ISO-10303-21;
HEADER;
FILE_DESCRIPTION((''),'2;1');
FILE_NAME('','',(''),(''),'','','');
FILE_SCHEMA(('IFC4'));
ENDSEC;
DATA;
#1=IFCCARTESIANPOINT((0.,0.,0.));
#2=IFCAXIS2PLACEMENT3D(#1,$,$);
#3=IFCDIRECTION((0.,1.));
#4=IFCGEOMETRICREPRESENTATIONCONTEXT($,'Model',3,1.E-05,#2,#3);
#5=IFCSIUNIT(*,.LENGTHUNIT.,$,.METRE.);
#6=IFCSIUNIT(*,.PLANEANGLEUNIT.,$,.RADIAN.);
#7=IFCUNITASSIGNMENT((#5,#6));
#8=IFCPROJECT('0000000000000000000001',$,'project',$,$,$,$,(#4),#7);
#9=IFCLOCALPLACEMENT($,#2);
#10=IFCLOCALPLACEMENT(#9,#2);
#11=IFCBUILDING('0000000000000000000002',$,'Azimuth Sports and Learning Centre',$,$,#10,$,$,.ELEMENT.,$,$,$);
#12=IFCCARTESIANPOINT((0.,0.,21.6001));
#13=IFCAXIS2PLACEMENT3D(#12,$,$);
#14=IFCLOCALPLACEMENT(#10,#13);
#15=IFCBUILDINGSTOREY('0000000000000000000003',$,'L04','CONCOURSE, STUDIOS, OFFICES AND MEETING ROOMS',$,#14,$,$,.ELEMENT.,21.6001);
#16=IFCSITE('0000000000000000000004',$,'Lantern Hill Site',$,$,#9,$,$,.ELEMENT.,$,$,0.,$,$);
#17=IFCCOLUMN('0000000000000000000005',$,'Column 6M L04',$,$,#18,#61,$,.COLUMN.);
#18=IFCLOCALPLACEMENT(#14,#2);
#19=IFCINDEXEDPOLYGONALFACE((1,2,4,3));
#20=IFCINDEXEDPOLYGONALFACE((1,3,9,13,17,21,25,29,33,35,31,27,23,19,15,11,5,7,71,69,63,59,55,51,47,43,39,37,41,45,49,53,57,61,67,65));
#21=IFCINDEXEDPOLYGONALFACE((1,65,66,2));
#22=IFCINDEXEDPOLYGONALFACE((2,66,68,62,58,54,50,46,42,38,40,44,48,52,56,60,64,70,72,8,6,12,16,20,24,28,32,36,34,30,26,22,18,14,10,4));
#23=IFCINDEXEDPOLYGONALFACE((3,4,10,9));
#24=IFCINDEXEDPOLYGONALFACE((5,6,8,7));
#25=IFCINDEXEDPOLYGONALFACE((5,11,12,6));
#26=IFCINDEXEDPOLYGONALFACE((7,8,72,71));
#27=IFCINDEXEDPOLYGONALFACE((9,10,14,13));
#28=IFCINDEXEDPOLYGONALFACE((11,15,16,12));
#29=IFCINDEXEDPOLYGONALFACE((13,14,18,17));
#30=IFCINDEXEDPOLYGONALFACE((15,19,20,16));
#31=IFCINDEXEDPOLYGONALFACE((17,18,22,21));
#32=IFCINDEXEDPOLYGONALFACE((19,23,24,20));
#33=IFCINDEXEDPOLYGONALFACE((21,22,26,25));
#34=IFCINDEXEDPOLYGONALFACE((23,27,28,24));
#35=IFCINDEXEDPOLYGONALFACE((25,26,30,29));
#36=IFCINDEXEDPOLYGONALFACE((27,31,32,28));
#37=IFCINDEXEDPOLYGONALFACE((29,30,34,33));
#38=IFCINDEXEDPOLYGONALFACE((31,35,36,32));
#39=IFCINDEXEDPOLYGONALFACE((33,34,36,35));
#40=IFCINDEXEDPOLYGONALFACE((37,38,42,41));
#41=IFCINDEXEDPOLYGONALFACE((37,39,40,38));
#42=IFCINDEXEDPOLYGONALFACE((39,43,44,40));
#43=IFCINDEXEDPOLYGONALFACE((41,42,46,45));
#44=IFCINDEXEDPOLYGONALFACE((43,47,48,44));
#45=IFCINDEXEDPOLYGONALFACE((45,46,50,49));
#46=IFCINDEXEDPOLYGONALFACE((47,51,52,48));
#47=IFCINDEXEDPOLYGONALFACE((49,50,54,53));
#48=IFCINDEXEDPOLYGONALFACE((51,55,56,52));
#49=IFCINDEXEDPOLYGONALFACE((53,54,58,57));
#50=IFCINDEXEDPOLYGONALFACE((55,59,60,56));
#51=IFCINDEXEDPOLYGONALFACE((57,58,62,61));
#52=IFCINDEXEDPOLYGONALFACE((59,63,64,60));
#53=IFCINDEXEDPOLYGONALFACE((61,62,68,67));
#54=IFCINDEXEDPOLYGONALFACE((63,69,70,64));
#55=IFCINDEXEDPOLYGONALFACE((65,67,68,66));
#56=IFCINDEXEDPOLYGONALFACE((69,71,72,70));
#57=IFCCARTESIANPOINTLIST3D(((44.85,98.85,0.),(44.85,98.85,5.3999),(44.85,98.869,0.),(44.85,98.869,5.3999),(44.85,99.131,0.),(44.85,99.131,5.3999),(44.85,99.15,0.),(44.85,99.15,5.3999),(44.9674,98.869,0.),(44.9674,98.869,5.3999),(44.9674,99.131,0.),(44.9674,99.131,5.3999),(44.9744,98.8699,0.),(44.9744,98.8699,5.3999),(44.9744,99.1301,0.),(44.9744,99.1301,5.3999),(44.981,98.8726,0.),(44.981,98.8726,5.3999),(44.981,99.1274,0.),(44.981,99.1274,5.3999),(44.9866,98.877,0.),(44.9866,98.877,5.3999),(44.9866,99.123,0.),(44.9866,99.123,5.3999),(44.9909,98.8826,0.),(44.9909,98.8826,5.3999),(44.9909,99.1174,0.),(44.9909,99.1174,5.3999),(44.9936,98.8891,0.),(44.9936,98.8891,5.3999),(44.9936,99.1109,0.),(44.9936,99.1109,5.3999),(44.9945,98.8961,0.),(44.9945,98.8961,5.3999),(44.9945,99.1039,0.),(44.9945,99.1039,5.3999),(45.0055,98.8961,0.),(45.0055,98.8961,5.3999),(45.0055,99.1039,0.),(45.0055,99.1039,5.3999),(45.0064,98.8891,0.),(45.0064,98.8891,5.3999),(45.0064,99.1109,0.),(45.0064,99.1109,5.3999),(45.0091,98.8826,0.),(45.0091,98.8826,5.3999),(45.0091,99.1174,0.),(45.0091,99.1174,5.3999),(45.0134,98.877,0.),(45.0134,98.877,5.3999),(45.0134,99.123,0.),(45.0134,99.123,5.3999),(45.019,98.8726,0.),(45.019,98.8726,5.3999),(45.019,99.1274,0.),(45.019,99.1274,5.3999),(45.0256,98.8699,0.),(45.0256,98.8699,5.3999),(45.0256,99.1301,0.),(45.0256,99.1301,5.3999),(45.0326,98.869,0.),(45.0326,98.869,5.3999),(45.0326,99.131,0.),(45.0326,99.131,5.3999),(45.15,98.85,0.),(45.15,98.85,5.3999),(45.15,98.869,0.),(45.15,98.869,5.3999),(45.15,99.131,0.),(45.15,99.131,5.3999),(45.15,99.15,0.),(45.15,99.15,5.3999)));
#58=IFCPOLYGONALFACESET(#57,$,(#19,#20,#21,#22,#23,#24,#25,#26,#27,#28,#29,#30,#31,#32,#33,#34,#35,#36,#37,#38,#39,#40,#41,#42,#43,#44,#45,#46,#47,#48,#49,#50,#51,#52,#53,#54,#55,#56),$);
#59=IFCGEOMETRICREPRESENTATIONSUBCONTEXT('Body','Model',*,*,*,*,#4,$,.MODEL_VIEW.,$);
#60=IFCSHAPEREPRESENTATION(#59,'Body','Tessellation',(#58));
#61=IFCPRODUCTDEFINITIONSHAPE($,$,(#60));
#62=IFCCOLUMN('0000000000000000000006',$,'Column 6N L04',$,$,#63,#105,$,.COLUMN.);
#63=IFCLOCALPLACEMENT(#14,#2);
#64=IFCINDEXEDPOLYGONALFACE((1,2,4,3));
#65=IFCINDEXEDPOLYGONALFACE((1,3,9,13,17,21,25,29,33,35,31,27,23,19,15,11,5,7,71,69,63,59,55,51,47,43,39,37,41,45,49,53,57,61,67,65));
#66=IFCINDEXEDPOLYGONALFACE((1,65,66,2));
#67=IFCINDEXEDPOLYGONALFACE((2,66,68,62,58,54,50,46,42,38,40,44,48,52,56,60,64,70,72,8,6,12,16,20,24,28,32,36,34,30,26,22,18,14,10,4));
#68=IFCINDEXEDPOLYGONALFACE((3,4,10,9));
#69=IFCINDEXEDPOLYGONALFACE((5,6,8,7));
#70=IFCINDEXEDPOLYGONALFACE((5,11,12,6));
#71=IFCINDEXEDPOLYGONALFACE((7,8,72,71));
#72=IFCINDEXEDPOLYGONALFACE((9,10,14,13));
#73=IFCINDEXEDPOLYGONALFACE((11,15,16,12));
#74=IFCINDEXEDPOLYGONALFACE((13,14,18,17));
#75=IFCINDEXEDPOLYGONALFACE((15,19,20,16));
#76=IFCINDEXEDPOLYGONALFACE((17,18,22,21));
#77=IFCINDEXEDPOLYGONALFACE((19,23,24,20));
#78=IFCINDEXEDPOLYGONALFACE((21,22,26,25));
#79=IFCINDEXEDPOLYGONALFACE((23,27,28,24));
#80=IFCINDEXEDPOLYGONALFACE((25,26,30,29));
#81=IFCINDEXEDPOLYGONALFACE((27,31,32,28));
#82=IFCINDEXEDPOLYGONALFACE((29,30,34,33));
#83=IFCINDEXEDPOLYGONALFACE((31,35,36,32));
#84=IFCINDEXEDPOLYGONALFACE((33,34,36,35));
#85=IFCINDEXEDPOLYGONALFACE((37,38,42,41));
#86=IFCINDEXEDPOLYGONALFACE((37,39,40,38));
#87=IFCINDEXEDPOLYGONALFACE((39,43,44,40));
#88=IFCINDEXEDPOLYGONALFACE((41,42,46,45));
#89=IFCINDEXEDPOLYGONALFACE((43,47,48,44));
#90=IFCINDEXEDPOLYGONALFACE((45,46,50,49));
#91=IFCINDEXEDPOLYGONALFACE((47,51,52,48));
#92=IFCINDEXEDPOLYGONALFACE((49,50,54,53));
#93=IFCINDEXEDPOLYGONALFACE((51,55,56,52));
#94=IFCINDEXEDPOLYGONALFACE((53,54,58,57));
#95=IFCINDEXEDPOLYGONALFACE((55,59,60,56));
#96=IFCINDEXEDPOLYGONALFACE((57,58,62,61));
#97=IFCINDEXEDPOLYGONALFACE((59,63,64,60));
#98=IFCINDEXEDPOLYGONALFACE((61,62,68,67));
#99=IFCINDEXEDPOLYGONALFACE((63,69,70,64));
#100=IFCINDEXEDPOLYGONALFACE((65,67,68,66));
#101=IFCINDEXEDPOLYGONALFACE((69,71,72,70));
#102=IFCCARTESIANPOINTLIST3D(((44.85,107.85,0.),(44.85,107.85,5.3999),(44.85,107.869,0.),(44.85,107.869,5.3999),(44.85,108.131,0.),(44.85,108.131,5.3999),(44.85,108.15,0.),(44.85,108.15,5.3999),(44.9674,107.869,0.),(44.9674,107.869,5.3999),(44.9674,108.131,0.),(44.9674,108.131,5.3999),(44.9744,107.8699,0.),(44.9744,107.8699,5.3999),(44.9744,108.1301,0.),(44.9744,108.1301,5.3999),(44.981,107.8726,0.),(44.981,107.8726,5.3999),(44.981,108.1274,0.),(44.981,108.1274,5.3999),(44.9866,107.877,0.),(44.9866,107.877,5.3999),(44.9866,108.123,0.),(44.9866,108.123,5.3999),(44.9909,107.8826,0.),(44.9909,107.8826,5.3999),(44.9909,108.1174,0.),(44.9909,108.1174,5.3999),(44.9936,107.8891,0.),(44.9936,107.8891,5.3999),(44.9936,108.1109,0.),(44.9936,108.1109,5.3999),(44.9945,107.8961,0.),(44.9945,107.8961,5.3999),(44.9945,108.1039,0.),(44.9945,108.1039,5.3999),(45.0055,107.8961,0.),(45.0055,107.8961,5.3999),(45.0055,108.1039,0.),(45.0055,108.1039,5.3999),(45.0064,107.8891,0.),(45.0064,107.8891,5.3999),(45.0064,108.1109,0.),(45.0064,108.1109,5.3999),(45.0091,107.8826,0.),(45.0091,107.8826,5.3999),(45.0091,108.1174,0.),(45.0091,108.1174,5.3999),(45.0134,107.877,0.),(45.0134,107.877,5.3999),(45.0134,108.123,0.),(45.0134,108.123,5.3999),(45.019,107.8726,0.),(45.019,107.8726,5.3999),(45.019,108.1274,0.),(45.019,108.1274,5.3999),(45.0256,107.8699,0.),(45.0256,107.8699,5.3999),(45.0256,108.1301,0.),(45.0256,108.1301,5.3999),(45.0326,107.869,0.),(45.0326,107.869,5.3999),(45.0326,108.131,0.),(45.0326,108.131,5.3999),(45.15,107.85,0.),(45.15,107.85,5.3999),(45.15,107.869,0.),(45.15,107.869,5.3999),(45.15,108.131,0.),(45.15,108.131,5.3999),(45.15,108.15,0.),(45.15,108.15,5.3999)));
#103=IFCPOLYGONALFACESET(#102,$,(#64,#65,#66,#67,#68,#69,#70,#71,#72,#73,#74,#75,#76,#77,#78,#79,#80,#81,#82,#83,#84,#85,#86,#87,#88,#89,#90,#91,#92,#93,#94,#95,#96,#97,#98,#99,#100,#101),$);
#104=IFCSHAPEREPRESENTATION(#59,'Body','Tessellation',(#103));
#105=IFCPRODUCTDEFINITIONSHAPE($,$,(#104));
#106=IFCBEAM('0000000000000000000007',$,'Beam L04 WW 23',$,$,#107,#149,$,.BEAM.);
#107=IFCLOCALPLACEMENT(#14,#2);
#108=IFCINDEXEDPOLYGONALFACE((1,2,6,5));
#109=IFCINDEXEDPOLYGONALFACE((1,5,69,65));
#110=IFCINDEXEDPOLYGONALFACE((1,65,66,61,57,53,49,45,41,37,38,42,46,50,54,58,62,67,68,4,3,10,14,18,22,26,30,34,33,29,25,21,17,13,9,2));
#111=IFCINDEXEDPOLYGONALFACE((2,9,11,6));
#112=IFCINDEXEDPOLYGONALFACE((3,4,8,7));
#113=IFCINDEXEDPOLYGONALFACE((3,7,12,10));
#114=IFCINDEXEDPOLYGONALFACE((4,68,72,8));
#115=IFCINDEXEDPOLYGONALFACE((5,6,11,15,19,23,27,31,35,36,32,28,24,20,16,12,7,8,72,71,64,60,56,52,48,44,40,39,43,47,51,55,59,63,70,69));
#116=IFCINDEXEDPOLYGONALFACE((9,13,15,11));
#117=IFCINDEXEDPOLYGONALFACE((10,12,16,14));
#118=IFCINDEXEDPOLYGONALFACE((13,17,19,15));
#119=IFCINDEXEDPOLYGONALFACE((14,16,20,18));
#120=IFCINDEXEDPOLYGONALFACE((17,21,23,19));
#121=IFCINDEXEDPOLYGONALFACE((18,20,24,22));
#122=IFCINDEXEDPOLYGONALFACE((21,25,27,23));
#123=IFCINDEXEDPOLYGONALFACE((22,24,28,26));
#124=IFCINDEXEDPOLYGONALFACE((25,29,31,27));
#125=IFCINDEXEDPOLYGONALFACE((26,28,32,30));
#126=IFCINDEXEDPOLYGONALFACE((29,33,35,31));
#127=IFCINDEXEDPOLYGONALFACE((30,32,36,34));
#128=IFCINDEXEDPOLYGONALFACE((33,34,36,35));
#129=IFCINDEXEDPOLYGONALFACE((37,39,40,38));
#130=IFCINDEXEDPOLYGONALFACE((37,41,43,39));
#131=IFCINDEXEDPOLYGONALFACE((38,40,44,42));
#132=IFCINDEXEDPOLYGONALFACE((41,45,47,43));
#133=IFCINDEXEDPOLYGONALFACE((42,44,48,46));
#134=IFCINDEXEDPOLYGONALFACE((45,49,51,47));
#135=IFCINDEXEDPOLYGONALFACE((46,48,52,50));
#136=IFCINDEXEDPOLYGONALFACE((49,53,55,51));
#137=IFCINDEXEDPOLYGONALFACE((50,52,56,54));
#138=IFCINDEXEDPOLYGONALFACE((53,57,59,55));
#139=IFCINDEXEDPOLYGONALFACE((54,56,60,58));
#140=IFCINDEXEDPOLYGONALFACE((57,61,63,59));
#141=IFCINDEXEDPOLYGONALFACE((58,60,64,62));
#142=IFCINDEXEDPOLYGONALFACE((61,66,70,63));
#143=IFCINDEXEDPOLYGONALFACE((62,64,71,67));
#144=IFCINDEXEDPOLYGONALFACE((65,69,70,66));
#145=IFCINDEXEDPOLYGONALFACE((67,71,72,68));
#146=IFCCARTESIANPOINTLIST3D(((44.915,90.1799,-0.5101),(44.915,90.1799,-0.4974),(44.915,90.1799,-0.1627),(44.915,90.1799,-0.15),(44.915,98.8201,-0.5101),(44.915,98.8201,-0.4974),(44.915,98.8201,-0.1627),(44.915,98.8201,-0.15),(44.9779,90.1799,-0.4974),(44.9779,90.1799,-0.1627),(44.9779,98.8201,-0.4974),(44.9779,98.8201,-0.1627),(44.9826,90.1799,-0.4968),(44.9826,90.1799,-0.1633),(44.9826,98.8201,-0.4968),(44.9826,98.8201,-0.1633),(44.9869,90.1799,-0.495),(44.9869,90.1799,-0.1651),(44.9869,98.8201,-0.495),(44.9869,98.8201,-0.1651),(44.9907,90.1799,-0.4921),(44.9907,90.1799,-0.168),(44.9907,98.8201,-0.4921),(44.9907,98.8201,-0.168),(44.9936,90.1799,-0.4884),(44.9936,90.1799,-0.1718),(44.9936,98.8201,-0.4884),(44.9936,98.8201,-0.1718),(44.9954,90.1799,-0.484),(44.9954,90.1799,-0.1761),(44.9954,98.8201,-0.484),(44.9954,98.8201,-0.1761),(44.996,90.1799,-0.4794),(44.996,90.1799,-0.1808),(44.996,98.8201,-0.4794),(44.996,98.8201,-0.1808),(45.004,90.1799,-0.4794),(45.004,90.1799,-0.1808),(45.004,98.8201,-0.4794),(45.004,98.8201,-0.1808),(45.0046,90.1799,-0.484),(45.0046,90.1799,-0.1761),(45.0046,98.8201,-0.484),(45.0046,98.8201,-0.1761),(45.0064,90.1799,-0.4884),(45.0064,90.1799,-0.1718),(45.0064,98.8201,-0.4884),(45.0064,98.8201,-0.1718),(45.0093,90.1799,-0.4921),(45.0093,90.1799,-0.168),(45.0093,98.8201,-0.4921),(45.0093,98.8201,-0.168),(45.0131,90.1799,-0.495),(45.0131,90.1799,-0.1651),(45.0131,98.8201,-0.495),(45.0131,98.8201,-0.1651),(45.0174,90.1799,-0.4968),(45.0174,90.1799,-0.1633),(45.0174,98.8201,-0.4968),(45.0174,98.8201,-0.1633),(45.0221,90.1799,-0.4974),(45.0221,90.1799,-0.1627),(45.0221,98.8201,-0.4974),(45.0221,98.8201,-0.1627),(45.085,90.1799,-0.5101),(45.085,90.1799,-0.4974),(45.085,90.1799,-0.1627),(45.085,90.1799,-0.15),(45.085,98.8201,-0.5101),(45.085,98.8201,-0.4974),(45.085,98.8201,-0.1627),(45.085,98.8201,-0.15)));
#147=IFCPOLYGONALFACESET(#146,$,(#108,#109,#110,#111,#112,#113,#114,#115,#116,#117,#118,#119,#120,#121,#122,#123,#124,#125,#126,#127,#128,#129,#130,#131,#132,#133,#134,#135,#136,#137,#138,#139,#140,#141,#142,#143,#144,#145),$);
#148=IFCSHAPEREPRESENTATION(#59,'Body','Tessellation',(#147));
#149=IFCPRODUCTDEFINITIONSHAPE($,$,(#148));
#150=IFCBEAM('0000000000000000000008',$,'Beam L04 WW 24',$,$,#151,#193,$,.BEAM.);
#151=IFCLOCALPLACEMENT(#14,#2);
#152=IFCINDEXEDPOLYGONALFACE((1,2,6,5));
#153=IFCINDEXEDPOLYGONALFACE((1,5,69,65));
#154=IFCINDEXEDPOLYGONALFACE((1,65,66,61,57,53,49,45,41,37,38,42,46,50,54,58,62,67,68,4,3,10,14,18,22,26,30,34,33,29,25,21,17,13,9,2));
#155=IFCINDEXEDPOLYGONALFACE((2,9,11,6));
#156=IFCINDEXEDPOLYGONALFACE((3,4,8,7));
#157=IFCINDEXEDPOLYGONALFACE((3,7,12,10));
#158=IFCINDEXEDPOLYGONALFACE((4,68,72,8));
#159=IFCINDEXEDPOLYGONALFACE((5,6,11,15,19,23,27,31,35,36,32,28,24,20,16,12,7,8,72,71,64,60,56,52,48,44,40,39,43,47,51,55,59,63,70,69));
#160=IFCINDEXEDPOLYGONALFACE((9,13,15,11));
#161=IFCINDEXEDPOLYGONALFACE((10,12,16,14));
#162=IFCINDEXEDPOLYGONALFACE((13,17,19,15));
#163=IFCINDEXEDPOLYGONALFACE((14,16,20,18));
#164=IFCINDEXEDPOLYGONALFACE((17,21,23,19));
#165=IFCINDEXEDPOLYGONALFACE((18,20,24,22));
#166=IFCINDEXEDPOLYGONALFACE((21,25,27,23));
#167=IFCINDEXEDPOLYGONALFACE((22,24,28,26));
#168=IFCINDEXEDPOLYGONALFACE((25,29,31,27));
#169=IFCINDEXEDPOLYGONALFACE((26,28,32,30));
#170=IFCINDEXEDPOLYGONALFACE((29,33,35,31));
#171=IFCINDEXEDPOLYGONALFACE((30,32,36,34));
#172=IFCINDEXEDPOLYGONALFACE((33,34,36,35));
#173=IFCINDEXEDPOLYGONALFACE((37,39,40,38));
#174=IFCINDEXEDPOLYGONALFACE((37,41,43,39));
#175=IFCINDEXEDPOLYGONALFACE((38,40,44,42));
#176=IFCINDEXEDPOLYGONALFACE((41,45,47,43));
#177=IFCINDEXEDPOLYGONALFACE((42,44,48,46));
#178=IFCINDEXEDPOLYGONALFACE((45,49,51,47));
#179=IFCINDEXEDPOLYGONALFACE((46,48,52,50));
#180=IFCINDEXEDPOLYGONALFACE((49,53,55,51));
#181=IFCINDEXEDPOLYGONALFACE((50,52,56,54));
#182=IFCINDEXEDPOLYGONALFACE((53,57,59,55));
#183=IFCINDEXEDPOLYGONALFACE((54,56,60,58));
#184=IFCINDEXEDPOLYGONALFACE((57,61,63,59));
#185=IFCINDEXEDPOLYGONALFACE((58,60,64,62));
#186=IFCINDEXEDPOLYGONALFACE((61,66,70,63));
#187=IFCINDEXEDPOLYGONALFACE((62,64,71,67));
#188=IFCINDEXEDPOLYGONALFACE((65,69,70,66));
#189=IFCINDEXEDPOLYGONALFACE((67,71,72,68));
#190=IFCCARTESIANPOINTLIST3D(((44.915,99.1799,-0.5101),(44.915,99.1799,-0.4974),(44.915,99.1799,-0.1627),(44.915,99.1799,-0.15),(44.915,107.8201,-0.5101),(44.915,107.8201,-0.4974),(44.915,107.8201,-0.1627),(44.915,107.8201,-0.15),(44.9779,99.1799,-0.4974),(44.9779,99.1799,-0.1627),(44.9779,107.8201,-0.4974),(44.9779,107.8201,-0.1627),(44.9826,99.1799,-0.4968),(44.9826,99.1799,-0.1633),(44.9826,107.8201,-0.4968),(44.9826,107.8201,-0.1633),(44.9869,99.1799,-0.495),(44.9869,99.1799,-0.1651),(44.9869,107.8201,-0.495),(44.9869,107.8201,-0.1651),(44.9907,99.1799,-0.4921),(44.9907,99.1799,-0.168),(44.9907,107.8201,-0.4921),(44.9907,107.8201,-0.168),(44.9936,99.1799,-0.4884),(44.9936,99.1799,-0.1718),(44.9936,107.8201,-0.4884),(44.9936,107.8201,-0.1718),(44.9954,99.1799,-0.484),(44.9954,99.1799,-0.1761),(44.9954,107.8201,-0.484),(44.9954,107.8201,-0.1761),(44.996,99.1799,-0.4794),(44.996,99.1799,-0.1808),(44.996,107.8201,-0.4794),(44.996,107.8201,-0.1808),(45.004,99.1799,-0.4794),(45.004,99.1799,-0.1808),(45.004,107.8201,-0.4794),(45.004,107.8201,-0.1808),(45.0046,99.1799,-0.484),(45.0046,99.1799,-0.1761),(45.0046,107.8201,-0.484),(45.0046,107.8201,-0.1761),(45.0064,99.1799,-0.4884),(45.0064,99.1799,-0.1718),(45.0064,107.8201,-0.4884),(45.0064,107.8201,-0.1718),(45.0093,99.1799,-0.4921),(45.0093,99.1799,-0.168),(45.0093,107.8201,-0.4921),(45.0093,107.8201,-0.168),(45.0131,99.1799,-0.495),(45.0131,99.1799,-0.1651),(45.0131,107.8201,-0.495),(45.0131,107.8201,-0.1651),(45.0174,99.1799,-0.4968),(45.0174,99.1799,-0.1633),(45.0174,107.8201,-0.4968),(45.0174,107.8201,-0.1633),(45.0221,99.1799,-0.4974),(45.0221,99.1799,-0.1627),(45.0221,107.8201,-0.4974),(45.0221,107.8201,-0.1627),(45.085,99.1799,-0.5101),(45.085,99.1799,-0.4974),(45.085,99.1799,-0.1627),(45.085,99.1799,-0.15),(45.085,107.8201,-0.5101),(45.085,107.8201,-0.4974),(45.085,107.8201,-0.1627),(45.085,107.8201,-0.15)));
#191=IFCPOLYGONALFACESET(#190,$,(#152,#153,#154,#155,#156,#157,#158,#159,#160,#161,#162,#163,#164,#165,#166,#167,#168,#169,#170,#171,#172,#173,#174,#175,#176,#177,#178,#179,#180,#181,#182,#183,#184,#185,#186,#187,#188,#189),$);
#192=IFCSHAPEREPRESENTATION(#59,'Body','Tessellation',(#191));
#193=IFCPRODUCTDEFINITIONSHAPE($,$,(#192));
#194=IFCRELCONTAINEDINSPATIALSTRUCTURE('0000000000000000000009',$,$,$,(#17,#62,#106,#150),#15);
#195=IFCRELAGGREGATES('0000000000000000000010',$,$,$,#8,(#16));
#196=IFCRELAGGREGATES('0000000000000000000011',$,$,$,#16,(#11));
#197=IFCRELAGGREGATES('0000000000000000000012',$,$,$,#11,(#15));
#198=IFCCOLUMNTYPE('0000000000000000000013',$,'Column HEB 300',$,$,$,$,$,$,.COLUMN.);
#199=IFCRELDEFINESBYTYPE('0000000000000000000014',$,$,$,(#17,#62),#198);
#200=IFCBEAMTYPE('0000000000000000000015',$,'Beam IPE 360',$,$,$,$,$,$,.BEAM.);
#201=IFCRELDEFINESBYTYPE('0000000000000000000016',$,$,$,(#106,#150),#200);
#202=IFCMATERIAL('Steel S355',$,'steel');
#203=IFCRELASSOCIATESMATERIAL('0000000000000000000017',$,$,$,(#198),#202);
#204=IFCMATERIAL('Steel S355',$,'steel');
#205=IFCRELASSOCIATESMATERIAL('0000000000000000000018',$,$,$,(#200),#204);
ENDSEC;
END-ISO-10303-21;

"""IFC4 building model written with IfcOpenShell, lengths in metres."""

from ifc_helpers import new_model, si_unit, direction, frame, origin, origin_2d, place, context, subcontext, project, spatial, i_section, extrude, material, material_profile, profile_set, type_object, element, save


model = new_model("IFC4")

# Units and contexts
model_context = context("Model", 3, precision=1e-05, world=origin(), true_north=direction((0.0, 1.0)))
body_context = subcontext(model_context, "Body", "Model", "MODEL_VIEW")
ifc_project = project(units=[si_unit("LENGTHUNIT", "METRE"), si_unit("PLANEANGLEUNIT", "RADIAN")], contexts=[model_context])

# Site, building, storey
site_placement = place(None, origin())
site = spatial("IfcSite", under=ifc_project, at=site_placement, Name="Lantern Hill Site", CompositionType="ELEMENT", RefElevation=0.0)
building_placement = place(site_placement, origin())
building = spatial("IfcBuilding", under=site, at=building_placement, Name="Azimuth Sports and Learning Centre", CompositionType="ELEMENT")
storey_placement = place(building_placement, frame((0.0, 0.0, 21.6001)))
storey = spatial("IfcBuildingStorey", under=building, at=storey_placement, Name="L04", Description="CONCOURSE, STUDIOS, OFFICES AND MEETING ROOMS", CompositionType="ELEMENT", Elevation=21.6001)

# Columns
ifc_material_1 = material(Name="Steel S355", Category="steel")
ifc_material_profile_1 = material_profile(ifc_material_1, i_section(OverallWidth=0.3, OverallDepth=0.3, WebThickness=0.011, FlangeThickness=0.019, FilletRadius=0.0271, at=origin_2d()), Name="HEB 300")
ifc_profile_set_1 = profile_set([ifc_material_profile_1], Name="Steel S355")
column_type = type_object("IfcColumnType", Name="Column HEB 300", PredefinedType="COLUMN", material=ifc_profile_set_1)
for number, where, z_axis, x_axis, name in (
    (1, (45.0, 99.0, 0.0), (0.0, 0.0, 1.0), (1.0, 0.0, 0.0), "Column 6M L04"),
    (2, (45.0, 108.0, 0.0), (0.0, 0.0, 1.0), (1.0, 0.0, 0.0), "Column 6N L04"),
):
    element("IfcColumn", number, at=place(storey_placement, frame(where, z_axis=z_axis, x_axis=x_axis)), inside=storey, type_object=column_type, Name=name, PredefinedType="COLUMN", context=body_context, shape_type="SweptSolid", body=[
        extrude(i_section(OverallWidth=0.3, OverallDepth=0.3, WebThickness=0.011, FlangeThickness=0.019, FilletRadius=0.0271, at=origin_2d()), origin(), (0.0, 0.0, 1.0), 5.3999),
    ])

# Beams
ifc_material_2 = material(Name="Steel S355", Category="steel")
ifc_material_profile_2 = material_profile(ifc_material_2, i_section(OverallWidth=0.1699, OverallDepth=0.3601, WebThickness=0.0081, FlangeThickness=0.0127, FilletRadius=0.0181, at=origin_2d()), Name="IPE 360")
ifc_profile_set_2 = profile_set([ifc_material_profile_2], Name="Steel S355")
beam_type_1 = type_object("IfcBeamType", Name="Beam IPE 360", PredefinedType="BEAM", material=ifc_profile_set_2)
for number, where, z_axis, x_axis, name in (
    (3, (45.0, 90.1799, -0.3301), (0.0, 1.0, 0.0), (-1.0, 0.0, 0.0), "Beam L04 WW 23"),
    (4, (45.0, 99.1799, -0.3301), (0.0, 1.0, 0.0), (-1.0, 0.0, 0.0), "Beam L04 WW 24"),
):
    element("IfcBeam", number, at=place(storey_placement, frame(where, z_axis=z_axis, x_axis=x_axis)), inside=storey, type_object=beam_type_1, Name=name, PredefinedType="BEAM", context=body_context, shape_type="SweptSolid", body=[
        extrude(i_section(OverallWidth=0.1699, OverallDepth=0.3601, WebThickness=0.0081, FlangeThickness=0.0127, FilletRadius=0.0181, at=origin_2d()), origin(), (0.0, 0.0, 1.0), 8.6401),
    ])

save(model, "model.ifc")
